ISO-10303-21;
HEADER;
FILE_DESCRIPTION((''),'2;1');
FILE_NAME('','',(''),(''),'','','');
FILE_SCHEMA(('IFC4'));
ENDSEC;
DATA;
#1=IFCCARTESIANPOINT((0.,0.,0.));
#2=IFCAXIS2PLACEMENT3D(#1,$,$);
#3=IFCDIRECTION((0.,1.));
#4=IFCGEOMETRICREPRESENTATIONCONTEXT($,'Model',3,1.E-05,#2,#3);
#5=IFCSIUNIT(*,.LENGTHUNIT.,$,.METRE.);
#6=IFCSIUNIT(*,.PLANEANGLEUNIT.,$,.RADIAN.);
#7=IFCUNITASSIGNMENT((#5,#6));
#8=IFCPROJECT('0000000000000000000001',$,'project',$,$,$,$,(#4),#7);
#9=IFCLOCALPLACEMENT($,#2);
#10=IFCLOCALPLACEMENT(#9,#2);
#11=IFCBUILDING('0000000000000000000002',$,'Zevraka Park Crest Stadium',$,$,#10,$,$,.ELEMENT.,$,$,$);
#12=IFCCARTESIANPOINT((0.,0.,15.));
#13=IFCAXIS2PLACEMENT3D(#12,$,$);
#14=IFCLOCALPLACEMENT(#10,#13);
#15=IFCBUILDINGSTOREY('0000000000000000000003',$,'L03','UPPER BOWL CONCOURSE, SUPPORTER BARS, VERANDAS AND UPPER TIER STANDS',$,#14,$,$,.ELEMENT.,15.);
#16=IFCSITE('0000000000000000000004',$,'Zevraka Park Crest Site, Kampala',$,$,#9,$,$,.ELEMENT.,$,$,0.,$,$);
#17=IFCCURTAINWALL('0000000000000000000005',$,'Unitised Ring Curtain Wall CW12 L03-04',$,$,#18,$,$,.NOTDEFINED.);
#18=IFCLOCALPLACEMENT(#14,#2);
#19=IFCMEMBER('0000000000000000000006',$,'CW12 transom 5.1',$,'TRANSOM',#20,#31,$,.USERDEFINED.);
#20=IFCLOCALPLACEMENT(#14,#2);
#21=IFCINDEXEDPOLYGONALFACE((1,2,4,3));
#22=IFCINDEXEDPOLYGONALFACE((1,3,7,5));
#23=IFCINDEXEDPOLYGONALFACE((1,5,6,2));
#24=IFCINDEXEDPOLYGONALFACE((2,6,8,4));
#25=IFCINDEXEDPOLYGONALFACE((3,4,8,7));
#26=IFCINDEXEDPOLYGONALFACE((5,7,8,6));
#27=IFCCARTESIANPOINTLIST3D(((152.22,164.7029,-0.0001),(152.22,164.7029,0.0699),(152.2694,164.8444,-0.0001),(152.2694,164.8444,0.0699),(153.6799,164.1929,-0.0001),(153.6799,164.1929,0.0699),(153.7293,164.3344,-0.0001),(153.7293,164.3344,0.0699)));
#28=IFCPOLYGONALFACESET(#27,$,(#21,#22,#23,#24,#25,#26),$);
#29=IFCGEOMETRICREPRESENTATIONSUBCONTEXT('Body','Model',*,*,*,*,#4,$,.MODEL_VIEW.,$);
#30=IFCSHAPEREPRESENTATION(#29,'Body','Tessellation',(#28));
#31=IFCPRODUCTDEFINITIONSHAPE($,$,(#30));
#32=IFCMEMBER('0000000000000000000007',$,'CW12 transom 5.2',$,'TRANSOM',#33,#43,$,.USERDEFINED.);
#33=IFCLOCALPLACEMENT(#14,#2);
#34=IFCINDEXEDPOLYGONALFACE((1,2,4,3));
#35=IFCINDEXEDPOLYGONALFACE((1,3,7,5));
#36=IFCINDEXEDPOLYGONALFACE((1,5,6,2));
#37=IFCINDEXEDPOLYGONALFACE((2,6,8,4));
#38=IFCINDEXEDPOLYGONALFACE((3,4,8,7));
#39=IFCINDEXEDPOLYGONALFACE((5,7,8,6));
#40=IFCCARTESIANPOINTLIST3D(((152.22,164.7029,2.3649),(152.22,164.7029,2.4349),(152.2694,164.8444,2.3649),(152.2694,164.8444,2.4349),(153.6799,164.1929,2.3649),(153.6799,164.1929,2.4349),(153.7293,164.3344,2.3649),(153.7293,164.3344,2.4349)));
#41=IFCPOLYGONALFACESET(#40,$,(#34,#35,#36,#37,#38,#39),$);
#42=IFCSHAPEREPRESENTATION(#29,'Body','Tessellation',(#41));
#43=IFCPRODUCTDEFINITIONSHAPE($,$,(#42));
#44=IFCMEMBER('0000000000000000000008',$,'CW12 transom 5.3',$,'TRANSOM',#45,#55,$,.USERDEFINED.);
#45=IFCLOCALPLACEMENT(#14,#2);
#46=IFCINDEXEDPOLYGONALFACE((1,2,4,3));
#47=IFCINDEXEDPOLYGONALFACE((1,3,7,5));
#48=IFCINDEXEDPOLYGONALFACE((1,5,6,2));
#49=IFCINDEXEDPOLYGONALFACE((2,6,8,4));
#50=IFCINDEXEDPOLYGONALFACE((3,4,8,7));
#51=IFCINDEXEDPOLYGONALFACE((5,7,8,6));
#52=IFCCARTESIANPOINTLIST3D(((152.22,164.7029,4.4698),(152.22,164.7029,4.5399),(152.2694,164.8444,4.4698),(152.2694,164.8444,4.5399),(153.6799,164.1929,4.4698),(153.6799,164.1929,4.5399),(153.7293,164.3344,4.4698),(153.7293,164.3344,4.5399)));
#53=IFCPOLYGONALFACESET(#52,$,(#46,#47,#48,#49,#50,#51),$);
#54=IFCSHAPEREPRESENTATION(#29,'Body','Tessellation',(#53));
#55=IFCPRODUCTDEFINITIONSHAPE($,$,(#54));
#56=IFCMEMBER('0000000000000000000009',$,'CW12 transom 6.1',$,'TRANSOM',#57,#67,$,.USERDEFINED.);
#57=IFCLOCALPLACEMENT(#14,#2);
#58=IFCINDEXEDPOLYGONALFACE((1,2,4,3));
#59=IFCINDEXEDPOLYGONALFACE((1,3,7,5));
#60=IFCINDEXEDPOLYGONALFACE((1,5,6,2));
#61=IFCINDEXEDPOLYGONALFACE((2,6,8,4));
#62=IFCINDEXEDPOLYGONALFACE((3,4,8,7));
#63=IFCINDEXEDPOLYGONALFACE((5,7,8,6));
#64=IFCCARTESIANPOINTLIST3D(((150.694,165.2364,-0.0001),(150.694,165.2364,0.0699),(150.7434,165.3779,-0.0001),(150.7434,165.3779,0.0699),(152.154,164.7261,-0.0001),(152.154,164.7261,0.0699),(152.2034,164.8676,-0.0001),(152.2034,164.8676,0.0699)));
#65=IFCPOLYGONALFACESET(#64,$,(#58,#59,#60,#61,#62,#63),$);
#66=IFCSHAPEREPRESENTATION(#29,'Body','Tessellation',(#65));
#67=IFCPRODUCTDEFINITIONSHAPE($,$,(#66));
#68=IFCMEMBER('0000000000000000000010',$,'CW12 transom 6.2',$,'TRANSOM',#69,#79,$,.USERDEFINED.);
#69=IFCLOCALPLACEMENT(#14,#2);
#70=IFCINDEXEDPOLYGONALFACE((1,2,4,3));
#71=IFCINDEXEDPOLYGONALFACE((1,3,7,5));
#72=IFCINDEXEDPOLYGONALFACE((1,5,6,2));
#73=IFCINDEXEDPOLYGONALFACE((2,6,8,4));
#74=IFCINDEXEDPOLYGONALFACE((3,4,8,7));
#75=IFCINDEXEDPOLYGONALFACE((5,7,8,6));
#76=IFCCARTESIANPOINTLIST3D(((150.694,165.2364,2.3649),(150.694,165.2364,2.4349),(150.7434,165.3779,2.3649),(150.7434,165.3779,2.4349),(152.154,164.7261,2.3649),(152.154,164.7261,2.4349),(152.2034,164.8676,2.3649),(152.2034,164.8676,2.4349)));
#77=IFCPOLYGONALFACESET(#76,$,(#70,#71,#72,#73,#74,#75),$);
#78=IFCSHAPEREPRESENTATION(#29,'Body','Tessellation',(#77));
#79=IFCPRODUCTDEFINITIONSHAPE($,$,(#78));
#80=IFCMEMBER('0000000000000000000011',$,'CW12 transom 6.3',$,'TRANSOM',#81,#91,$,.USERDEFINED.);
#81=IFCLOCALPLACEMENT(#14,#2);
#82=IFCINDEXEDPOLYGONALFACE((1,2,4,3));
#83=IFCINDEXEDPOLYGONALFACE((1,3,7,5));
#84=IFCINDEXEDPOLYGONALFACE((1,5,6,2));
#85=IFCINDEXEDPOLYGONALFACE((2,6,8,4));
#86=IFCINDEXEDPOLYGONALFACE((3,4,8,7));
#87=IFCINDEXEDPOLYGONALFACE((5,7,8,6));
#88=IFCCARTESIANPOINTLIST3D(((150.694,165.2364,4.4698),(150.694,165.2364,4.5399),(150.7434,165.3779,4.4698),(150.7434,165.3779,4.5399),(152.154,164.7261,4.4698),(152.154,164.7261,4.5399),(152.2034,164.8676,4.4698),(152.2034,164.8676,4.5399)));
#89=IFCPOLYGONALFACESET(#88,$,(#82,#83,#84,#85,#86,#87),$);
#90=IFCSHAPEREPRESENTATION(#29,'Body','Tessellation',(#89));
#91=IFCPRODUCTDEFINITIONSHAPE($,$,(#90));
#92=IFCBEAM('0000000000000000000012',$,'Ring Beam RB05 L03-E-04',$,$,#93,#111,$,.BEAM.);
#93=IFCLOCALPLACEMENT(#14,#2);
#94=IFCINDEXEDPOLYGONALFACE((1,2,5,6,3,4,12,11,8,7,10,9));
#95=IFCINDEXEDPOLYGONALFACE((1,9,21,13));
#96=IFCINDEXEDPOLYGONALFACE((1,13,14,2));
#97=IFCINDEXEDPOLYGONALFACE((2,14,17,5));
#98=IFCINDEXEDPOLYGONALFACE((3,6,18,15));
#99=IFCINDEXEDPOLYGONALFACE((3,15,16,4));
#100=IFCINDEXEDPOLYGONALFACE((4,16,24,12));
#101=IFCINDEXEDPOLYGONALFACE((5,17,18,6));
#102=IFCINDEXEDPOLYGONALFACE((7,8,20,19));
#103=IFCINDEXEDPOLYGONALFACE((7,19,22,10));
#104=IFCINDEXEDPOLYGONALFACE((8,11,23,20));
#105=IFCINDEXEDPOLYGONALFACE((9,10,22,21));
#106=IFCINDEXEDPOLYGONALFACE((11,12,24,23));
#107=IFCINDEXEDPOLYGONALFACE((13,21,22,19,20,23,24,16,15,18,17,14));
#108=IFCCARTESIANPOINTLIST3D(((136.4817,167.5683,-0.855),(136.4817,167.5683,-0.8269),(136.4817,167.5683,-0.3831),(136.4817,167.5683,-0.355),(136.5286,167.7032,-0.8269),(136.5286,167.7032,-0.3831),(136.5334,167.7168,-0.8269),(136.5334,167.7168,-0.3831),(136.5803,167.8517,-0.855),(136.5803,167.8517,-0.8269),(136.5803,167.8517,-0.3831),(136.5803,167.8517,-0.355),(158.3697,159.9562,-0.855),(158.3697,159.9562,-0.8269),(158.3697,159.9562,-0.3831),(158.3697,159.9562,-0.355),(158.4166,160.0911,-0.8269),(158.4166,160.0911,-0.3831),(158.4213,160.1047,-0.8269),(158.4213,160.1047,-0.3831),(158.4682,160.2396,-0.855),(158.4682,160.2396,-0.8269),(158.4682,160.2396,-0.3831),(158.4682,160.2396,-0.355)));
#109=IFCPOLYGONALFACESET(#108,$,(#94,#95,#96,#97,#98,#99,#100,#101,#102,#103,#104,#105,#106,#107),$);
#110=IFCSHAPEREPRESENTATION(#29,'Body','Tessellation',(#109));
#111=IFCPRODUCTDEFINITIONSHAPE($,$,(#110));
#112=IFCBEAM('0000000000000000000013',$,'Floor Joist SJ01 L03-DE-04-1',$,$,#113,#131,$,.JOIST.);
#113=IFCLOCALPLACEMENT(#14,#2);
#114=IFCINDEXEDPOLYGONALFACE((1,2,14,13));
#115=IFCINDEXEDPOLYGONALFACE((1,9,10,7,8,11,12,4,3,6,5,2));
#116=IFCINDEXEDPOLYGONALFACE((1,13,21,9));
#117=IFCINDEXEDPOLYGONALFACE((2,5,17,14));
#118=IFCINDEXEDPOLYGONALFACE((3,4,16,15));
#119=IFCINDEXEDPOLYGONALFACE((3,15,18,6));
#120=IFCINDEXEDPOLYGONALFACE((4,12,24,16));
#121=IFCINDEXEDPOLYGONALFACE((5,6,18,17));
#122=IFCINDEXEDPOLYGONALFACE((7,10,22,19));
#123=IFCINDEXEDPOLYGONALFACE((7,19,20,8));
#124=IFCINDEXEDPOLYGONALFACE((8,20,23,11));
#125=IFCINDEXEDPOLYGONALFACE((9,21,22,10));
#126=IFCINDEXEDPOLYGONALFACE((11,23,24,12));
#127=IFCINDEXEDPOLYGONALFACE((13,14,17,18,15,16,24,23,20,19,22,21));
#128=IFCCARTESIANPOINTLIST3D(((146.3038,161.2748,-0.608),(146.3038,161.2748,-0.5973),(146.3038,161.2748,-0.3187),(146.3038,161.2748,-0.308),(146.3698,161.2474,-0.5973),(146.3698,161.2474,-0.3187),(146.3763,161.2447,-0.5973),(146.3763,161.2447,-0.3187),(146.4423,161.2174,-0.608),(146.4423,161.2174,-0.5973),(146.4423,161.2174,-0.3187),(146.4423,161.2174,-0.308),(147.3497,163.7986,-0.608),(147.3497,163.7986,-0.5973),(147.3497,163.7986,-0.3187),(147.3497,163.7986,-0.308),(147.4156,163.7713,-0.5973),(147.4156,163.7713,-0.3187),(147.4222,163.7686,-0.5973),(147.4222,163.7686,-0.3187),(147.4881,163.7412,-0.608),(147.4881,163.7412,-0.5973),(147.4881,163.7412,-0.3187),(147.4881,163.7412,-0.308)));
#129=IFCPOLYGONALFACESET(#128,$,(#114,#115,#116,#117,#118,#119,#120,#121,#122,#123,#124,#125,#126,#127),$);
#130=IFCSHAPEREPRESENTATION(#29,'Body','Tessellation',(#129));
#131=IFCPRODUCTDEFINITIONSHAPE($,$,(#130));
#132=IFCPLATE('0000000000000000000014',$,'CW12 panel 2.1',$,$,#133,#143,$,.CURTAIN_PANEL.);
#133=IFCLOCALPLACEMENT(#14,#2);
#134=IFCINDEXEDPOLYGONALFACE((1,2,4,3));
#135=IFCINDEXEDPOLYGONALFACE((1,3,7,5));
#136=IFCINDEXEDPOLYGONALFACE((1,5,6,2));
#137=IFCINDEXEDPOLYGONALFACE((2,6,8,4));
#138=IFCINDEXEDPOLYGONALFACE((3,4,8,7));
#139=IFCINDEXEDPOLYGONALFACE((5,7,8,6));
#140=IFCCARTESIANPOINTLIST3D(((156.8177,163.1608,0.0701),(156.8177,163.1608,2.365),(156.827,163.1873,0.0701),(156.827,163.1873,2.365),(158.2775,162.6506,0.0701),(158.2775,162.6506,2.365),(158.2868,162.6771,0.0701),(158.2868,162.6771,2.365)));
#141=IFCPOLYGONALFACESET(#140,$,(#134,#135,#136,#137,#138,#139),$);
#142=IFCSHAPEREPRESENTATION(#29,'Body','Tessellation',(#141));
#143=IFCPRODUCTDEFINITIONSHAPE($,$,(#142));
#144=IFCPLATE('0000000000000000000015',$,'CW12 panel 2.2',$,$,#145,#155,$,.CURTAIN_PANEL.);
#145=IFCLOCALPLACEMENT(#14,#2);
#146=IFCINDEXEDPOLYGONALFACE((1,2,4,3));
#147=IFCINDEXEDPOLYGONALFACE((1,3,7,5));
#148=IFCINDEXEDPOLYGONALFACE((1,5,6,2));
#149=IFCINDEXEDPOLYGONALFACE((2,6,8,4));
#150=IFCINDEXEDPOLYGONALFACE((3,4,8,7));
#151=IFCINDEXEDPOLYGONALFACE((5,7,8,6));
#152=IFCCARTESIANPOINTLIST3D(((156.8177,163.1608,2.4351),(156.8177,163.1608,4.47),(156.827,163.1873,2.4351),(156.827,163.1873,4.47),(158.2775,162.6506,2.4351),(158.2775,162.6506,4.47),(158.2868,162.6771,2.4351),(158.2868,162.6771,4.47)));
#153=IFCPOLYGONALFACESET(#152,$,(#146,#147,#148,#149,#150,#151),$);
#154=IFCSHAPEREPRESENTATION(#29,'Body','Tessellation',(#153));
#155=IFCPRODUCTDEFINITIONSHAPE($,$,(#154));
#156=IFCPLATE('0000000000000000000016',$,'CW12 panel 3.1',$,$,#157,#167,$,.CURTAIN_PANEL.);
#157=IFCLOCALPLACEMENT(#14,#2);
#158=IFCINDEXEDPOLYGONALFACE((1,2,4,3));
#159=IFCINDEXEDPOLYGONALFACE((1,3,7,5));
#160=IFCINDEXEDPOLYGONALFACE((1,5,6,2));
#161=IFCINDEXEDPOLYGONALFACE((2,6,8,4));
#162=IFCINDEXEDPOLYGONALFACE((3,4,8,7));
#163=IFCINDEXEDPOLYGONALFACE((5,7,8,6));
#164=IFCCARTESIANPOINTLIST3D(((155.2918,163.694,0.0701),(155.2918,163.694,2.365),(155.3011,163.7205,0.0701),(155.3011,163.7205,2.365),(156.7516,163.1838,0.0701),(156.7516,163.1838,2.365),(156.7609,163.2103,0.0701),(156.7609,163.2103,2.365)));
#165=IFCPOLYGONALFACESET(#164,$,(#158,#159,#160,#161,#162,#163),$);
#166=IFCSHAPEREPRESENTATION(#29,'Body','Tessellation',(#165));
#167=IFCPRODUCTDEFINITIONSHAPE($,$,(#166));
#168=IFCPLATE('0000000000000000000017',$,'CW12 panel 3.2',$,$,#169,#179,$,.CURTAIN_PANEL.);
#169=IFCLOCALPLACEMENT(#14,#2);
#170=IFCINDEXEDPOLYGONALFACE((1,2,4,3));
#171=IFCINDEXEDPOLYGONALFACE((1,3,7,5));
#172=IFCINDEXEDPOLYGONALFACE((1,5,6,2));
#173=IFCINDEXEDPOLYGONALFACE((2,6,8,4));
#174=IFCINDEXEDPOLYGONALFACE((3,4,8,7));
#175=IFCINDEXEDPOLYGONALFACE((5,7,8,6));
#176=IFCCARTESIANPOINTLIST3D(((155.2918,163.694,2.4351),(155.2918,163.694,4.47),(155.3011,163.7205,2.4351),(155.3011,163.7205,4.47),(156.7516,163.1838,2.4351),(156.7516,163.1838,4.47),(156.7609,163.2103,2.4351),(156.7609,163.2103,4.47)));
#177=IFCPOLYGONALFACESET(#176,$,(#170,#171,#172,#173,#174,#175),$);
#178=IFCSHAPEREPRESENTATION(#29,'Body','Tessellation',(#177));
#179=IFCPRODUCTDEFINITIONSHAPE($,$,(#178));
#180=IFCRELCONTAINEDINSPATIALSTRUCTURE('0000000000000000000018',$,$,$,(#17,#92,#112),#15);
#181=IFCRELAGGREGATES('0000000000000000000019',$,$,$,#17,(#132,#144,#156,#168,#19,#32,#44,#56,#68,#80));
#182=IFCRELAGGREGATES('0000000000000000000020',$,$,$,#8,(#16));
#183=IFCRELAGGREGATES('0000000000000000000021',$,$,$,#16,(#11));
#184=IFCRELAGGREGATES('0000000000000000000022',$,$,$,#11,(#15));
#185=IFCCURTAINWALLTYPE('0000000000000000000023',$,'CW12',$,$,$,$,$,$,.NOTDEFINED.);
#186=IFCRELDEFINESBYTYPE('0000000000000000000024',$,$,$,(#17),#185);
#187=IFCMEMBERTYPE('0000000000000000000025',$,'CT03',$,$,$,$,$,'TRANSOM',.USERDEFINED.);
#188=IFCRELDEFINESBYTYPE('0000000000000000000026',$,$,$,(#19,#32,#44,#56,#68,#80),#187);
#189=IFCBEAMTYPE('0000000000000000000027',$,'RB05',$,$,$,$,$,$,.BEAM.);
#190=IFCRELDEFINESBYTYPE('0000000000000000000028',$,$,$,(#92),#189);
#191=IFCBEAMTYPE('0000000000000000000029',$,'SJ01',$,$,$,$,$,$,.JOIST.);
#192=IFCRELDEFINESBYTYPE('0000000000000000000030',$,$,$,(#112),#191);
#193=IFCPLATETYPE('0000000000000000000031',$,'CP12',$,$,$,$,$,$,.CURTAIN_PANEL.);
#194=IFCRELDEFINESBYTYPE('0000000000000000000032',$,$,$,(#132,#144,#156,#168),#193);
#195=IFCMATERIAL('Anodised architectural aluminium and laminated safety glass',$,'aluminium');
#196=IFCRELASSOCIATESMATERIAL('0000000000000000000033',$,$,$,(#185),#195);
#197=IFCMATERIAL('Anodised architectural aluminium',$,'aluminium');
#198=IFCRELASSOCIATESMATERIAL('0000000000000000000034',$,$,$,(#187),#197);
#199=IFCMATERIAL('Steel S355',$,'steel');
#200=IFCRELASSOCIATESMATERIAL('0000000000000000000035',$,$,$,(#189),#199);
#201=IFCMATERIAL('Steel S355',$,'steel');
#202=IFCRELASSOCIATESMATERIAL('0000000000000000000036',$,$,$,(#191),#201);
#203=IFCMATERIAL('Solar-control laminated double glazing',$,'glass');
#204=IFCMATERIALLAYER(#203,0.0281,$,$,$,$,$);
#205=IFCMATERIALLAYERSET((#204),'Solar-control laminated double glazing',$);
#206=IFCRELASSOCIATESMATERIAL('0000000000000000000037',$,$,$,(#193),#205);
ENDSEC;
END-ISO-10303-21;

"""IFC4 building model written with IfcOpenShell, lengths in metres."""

from ifc_helpers import new_model, si_unit, direction, frame, origin, origin_2d, place, context, subcontext, project, spatial, rectangle, i_section, extrude, material, layer, layer_set, material_profile, profile_set, type_object, element, aggregate, save


model = new_model("IFC4")

# Units and contexts
model_context = context("Model", 3, precision=1e-05, world=origin(), true_north=direction((0.0, 1.0)))
body_context = subcontext(model_context, "Body", "Model", "MODEL_VIEW")
ifc_project = project(units=[si_unit("LENGTHUNIT", "METRE"), si_unit("PLANEANGLEUNIT", "RADIAN")], contexts=[model_context])

# Site, building, storey
site_placement = place(None, origin())
site = spatial("IfcSite", under=ifc_project, at=site_placement, Name="Zevraka Park Crest Site, Kampala", CompositionType="ELEMENT", RefElevation=0.0)
building_placement = place(site_placement, origin())
building = spatial("IfcBuilding", under=site, at=building_placement, Name="Zevraka Park Crest Stadium", CompositionType="ELEMENT")
storey_placement = place(building_placement, frame((0.0, 0.0, 15.0)))
storey = spatial("IfcBuildingStorey", under=building, at=storey_placement, Name="L03", Description="UPPER BOWL CONCOURSE, SUPPORTER BARS, VERANDAS AND UPPER TIER STANDS", CompositionType="ELEMENT", Elevation=15.0)

# Curtain wall, members
ifc_material_1 = material(Name="Anodised architectural aluminium and laminated safety glass", Category="aluminium")
curtain_wall_type = type_object("IfcCurtainWallType", Name="CW12", PredefinedType="NOTDEFINED", material=ifc_material_1)
curtain_wall_placement = place(storey_placement, origin())
curtain_wall = element("IfcCurtainWall", 1, at=curtain_wall_placement, inside=storey, type_object=curtain_wall_type, Name="Unitised Ring Curtain Wall CW12 L03-04", PredefinedType="NOTDEFINED")
ifc_material_2 = material(Name="Anodised architectural aluminium", Category="aluminium")
ifc_material_profile_1 = material_profile(ifc_material_2, rectangle(XDim=0.1499, YDim=0.0701, at=origin_2d()), Name="ALU TRANSOM 150x70")
ifc_profile_set_1 = profile_set([ifc_material_profile_1], Name="Anodised architectural aluminium")
member_type_1 = type_object("IfcMemberType", Name="CT03", ElementType="TRANSOM", PredefinedType="USERDEFINED", material=ifc_profile_set_1)
member_1_placement = place(storey_placement, frame((153.7046, 164.2637, 0.0349), z_axis=(-0.944055, 0.329788, 0.0), x_axis=(-0.329788, -0.944055, 0.0)))
member_1 = element("IfcMember", 2, at=member_1_placement, type_object=member_type_1, Name="CW12 transom 5.1", ObjectType="TRANSOM", PredefinedType="USERDEFINED", context=body_context, shape_type="SweptSolid", body=[
    extrude(rectangle(XDim=0.1499, YDim=0.0701, at=origin_2d()), origin(), (0.0, 0.0, 1.0), 1.5464),
])
member_2_placement = place(storey_placement, frame((153.7046, 164.2637, 2.3999), z_axis=(-0.944055, 0.329788, 0.0), x_axis=(-0.329788, -0.944055, 0.0)))
member_2 = element("IfcMember", 3, at=member_2_placement, type_object=member_type_1, Name="CW12 transom 5.2", ObjectType="TRANSOM", PredefinedType="USERDEFINED", context=body_context, shape_type="SweptSolid", body=[
    extrude(rectangle(XDim=0.1499, YDim=0.0701, at=origin_2d()), origin(), (0.0, 0.0, 1.0), 1.5464),
])
member_3_placement = place(storey_placement, frame((153.7046, 164.2637, 4.5049), z_axis=(-0.944055, 0.329788, 0.0), x_axis=(-0.329788, -0.944055, 0.0)))
member_3 = element("IfcMember", 4, at=member_3_placement, type_object=member_type_1, Name="CW12 transom 5.3", ObjectType="TRANSOM", PredefinedType="USERDEFINED", context=body_context, shape_type="SweptSolid", body=[
    extrude(rectangle(XDim=0.1499, YDim=0.0701, at=origin_2d()), origin(), (0.0, 0.0, 1.0), 1.5464),
])
member_4_placement = place(storey_placement, frame((152.1787, 164.7969, 0.0349), z_axis=(-0.944006, 0.329928, 0.0), x_axis=(-0.329928, -0.944006, 0.0)))
member_4 = element("IfcMember", 5, at=member_4_placement, type_object=member_type_1, Name="CW12 transom 6.1", ObjectType="TRANSOM", PredefinedType="USERDEFINED", context=body_context, shape_type="SweptSolid", body=[
    extrude(rectangle(XDim=0.1499, YDim=0.0701, at=origin_2d()), origin(), (0.0, 0.0, 1.0), 1.5466),
])
member_5_placement = place(storey_placement, frame((152.1787, 164.7969, 2.3999), z_axis=(-0.944006, 0.329928, 0.0), x_axis=(-0.329928, -0.944006, 0.0)))
member_5 = element("IfcMember", 6, at=member_5_placement, type_object=member_type_1, Name="CW12 transom 6.2", ObjectType="TRANSOM", PredefinedType="USERDEFINED", context=body_context, shape_type="SweptSolid", body=[
    extrude(rectangle(XDim=0.1499, YDim=0.0701, at=origin_2d()), origin(), (0.0, 0.0, 1.0), 1.5466),
])
member_6_placement = place(storey_placement, frame((152.1787, 164.7969, 4.5049), z_axis=(-0.944006, 0.329928, 0.0), x_axis=(-0.329928, -0.944006, 0.0)))
member_6 = element("IfcMember", 7, at=member_6_placement, type_object=member_type_1, Name="CW12 transom 6.3", ObjectType="TRANSOM", PredefinedType="USERDEFINED", context=body_context, shape_type="SweptSolid", body=[
    extrude(rectangle(XDim=0.1499, YDim=0.0701, at=origin_2d()), origin(), (0.0, 0.0, 1.0), 1.5466),
])

# Beams
ifc_material_3 = material(Name="Steel S355", Category="steel")
ifc_material_profile_2 = material_profile(ifc_material_3, i_section(OverallWidth=0.3, OverallDepth=0.5, WebThickness=0.0144, FlangeThickness=0.0281, at=origin_2d()), Name="HEB 500")
ifc_profile_set_2 = profile_set([ifc_material_profile_2], Name="Steel S355")
beam_type_1 = type_object("IfcBeamType", Name="RB05", PredefinedType="BEAM", material=ifc_profile_set_2)
beam_1_placement = place(storey_placement, frame((158.4189, 160.0979, -0.605), z_axis=(-0.944512, 0.328477, 0.0), x_axis=(-0.328477, -0.944512, 0.0)))
element("IfcBeam", 8, at=beam_1_placement, inside=storey, type_object=beam_type_1, Name="Ring Beam RB05 L03-E-04", PredefinedType="BEAM", context=body_context, shape_type="SweptSolid", body=[
    extrude(i_section(OverallWidth=0.3, OverallDepth=0.5, WebThickness=0.0144, FlangeThickness=0.0281, at=origin_2d()), origin(), (0.0, 0.0, 1.0), 23.1738),
])
ifc_material_4 = material(Name="Steel S355", Category="steel")
ifc_material_profile_3 = material_profile(ifc_material_4, i_section(OverallWidth=0.1499, OverallDepth=0.3, WebThickness=0.0071, FlangeThickness=0.0107, at=origin_2d()), Name="IPE 300")
ifc_profile_set_3 = profile_set([ifc_material_profile_3], Name="Steel S355")
beam_type_2 = type_object("IfcBeamType", Name="SJ01", PredefinedType="JOIST", material=ifc_profile_set_3)
beam_2_placement = place(storey_placement, frame((146.373, 161.2461, -0.458), z_axis=(0.382825, 0.923821, 0.0), x_axis=(-0.923821, 0.382825, 0.0)))
element("IfcBeam", 9, at=beam_2_placement, inside=storey, type_object=beam_type_2, Name="Floor Joist SJ01 L03-DE-04-1", PredefinedType="JOIST", context=body_context, shape_type="SweptSolid", body=[
    extrude(i_section(OverallWidth=0.1499, OverallDepth=0.3, WebThickness=0.0071, FlangeThickness=0.0107, at=origin_2d()), origin(), (0.0, 0.0, 1.0), 2.7319),
])

# Plates
ifc_material_5 = material(Name="Solar-control laminated double glazing", Category="glass")
ifc_layer_1 = layer(ifc_material_5, 0.0281)
ifc_layer_set_1 = layer_set([ifc_layer_1], Name="Solar-control laminated double glazing")
plate_type = type_object("IfcPlateType", Name="CP12", PredefinedType="CURTAIN_PANEL", material=ifc_layer_set_1)
plate_1_placement = place(storey_placement, frame((157.5522, 162.9189, 0.0701), z_axis=(0.0, 0.0, 1.0), x_axis=(-0.94401, 0.329917, 0.0)))
plate_1 = element("IfcPlate", 10, at=plate_1_placement, type_object=plate_type, Name="CW12 panel 2.1", PredefinedType="CURTAIN_PANEL", context=body_context, shape_type="SweptSolid", body=[
    extrude(rectangle(XDim=1.5464, YDim=0.0281, at=origin_2d()), origin(), (0.0, 0.0, 1.0), 2.2949),
])
plate_2_placement = place(storey_placement, frame((157.5522, 162.9189, 2.4351), z_axis=(0.0, 0.0, 1.0), x_axis=(-0.94401, 0.329917, 0.0)))
plate_2 = element("IfcPlate", 11, at=plate_2_placement, type_object=plate_type, Name="CW12 panel 2.2", PredefinedType="CURTAIN_PANEL", context=body_context, shape_type="SweptSolid", body=[
    extrude(rectangle(XDim=1.5464, YDim=0.0281, at=origin_2d()), origin(), (0.0, 0.0, 1.0), 2.0349),
])
plate_3_placement = place(storey_placement, frame((156.0264, 163.4521, 0.0701), z_axis=(0.0, 0.0, 1.0), x_axis=(-0.94401, 0.329917, 0.0)))
plate_3 = element("IfcPlate", 12, at=plate_3_placement, type_object=plate_type, Name="CW12 panel 3.1", PredefinedType="CURTAIN_PANEL", context=body_context, shape_type="SweptSolid", body=[
    extrude(rectangle(XDim=1.5464, YDim=0.0281, at=origin_2d()), origin(), (0.0, 0.0, 1.0), 2.2949),
])
plate_4_placement = place(storey_placement, frame((156.0264, 163.4521, 2.4351), z_axis=(0.0, 0.0, 1.0), x_axis=(-0.94401, 0.329917, 0.0)))
plate_4 = element("IfcPlate", 13, at=plate_4_placement, type_object=plate_type, Name="CW12 panel 3.2", PredefinedType="CURTAIN_PANEL", context=body_context, shape_type="SweptSolid", body=[
    extrude(rectangle(XDim=1.5464, YDim=0.0281, at=origin_2d()), origin(), (0.0, 0.0, 1.0), 2.0349),
])
aggregate(curtain_wall, [plate_1, plate_2, plate_3, plate_4, member_1, member_2, member_3, member_4, member_5, member_6])

save(model, "model.ifc")
